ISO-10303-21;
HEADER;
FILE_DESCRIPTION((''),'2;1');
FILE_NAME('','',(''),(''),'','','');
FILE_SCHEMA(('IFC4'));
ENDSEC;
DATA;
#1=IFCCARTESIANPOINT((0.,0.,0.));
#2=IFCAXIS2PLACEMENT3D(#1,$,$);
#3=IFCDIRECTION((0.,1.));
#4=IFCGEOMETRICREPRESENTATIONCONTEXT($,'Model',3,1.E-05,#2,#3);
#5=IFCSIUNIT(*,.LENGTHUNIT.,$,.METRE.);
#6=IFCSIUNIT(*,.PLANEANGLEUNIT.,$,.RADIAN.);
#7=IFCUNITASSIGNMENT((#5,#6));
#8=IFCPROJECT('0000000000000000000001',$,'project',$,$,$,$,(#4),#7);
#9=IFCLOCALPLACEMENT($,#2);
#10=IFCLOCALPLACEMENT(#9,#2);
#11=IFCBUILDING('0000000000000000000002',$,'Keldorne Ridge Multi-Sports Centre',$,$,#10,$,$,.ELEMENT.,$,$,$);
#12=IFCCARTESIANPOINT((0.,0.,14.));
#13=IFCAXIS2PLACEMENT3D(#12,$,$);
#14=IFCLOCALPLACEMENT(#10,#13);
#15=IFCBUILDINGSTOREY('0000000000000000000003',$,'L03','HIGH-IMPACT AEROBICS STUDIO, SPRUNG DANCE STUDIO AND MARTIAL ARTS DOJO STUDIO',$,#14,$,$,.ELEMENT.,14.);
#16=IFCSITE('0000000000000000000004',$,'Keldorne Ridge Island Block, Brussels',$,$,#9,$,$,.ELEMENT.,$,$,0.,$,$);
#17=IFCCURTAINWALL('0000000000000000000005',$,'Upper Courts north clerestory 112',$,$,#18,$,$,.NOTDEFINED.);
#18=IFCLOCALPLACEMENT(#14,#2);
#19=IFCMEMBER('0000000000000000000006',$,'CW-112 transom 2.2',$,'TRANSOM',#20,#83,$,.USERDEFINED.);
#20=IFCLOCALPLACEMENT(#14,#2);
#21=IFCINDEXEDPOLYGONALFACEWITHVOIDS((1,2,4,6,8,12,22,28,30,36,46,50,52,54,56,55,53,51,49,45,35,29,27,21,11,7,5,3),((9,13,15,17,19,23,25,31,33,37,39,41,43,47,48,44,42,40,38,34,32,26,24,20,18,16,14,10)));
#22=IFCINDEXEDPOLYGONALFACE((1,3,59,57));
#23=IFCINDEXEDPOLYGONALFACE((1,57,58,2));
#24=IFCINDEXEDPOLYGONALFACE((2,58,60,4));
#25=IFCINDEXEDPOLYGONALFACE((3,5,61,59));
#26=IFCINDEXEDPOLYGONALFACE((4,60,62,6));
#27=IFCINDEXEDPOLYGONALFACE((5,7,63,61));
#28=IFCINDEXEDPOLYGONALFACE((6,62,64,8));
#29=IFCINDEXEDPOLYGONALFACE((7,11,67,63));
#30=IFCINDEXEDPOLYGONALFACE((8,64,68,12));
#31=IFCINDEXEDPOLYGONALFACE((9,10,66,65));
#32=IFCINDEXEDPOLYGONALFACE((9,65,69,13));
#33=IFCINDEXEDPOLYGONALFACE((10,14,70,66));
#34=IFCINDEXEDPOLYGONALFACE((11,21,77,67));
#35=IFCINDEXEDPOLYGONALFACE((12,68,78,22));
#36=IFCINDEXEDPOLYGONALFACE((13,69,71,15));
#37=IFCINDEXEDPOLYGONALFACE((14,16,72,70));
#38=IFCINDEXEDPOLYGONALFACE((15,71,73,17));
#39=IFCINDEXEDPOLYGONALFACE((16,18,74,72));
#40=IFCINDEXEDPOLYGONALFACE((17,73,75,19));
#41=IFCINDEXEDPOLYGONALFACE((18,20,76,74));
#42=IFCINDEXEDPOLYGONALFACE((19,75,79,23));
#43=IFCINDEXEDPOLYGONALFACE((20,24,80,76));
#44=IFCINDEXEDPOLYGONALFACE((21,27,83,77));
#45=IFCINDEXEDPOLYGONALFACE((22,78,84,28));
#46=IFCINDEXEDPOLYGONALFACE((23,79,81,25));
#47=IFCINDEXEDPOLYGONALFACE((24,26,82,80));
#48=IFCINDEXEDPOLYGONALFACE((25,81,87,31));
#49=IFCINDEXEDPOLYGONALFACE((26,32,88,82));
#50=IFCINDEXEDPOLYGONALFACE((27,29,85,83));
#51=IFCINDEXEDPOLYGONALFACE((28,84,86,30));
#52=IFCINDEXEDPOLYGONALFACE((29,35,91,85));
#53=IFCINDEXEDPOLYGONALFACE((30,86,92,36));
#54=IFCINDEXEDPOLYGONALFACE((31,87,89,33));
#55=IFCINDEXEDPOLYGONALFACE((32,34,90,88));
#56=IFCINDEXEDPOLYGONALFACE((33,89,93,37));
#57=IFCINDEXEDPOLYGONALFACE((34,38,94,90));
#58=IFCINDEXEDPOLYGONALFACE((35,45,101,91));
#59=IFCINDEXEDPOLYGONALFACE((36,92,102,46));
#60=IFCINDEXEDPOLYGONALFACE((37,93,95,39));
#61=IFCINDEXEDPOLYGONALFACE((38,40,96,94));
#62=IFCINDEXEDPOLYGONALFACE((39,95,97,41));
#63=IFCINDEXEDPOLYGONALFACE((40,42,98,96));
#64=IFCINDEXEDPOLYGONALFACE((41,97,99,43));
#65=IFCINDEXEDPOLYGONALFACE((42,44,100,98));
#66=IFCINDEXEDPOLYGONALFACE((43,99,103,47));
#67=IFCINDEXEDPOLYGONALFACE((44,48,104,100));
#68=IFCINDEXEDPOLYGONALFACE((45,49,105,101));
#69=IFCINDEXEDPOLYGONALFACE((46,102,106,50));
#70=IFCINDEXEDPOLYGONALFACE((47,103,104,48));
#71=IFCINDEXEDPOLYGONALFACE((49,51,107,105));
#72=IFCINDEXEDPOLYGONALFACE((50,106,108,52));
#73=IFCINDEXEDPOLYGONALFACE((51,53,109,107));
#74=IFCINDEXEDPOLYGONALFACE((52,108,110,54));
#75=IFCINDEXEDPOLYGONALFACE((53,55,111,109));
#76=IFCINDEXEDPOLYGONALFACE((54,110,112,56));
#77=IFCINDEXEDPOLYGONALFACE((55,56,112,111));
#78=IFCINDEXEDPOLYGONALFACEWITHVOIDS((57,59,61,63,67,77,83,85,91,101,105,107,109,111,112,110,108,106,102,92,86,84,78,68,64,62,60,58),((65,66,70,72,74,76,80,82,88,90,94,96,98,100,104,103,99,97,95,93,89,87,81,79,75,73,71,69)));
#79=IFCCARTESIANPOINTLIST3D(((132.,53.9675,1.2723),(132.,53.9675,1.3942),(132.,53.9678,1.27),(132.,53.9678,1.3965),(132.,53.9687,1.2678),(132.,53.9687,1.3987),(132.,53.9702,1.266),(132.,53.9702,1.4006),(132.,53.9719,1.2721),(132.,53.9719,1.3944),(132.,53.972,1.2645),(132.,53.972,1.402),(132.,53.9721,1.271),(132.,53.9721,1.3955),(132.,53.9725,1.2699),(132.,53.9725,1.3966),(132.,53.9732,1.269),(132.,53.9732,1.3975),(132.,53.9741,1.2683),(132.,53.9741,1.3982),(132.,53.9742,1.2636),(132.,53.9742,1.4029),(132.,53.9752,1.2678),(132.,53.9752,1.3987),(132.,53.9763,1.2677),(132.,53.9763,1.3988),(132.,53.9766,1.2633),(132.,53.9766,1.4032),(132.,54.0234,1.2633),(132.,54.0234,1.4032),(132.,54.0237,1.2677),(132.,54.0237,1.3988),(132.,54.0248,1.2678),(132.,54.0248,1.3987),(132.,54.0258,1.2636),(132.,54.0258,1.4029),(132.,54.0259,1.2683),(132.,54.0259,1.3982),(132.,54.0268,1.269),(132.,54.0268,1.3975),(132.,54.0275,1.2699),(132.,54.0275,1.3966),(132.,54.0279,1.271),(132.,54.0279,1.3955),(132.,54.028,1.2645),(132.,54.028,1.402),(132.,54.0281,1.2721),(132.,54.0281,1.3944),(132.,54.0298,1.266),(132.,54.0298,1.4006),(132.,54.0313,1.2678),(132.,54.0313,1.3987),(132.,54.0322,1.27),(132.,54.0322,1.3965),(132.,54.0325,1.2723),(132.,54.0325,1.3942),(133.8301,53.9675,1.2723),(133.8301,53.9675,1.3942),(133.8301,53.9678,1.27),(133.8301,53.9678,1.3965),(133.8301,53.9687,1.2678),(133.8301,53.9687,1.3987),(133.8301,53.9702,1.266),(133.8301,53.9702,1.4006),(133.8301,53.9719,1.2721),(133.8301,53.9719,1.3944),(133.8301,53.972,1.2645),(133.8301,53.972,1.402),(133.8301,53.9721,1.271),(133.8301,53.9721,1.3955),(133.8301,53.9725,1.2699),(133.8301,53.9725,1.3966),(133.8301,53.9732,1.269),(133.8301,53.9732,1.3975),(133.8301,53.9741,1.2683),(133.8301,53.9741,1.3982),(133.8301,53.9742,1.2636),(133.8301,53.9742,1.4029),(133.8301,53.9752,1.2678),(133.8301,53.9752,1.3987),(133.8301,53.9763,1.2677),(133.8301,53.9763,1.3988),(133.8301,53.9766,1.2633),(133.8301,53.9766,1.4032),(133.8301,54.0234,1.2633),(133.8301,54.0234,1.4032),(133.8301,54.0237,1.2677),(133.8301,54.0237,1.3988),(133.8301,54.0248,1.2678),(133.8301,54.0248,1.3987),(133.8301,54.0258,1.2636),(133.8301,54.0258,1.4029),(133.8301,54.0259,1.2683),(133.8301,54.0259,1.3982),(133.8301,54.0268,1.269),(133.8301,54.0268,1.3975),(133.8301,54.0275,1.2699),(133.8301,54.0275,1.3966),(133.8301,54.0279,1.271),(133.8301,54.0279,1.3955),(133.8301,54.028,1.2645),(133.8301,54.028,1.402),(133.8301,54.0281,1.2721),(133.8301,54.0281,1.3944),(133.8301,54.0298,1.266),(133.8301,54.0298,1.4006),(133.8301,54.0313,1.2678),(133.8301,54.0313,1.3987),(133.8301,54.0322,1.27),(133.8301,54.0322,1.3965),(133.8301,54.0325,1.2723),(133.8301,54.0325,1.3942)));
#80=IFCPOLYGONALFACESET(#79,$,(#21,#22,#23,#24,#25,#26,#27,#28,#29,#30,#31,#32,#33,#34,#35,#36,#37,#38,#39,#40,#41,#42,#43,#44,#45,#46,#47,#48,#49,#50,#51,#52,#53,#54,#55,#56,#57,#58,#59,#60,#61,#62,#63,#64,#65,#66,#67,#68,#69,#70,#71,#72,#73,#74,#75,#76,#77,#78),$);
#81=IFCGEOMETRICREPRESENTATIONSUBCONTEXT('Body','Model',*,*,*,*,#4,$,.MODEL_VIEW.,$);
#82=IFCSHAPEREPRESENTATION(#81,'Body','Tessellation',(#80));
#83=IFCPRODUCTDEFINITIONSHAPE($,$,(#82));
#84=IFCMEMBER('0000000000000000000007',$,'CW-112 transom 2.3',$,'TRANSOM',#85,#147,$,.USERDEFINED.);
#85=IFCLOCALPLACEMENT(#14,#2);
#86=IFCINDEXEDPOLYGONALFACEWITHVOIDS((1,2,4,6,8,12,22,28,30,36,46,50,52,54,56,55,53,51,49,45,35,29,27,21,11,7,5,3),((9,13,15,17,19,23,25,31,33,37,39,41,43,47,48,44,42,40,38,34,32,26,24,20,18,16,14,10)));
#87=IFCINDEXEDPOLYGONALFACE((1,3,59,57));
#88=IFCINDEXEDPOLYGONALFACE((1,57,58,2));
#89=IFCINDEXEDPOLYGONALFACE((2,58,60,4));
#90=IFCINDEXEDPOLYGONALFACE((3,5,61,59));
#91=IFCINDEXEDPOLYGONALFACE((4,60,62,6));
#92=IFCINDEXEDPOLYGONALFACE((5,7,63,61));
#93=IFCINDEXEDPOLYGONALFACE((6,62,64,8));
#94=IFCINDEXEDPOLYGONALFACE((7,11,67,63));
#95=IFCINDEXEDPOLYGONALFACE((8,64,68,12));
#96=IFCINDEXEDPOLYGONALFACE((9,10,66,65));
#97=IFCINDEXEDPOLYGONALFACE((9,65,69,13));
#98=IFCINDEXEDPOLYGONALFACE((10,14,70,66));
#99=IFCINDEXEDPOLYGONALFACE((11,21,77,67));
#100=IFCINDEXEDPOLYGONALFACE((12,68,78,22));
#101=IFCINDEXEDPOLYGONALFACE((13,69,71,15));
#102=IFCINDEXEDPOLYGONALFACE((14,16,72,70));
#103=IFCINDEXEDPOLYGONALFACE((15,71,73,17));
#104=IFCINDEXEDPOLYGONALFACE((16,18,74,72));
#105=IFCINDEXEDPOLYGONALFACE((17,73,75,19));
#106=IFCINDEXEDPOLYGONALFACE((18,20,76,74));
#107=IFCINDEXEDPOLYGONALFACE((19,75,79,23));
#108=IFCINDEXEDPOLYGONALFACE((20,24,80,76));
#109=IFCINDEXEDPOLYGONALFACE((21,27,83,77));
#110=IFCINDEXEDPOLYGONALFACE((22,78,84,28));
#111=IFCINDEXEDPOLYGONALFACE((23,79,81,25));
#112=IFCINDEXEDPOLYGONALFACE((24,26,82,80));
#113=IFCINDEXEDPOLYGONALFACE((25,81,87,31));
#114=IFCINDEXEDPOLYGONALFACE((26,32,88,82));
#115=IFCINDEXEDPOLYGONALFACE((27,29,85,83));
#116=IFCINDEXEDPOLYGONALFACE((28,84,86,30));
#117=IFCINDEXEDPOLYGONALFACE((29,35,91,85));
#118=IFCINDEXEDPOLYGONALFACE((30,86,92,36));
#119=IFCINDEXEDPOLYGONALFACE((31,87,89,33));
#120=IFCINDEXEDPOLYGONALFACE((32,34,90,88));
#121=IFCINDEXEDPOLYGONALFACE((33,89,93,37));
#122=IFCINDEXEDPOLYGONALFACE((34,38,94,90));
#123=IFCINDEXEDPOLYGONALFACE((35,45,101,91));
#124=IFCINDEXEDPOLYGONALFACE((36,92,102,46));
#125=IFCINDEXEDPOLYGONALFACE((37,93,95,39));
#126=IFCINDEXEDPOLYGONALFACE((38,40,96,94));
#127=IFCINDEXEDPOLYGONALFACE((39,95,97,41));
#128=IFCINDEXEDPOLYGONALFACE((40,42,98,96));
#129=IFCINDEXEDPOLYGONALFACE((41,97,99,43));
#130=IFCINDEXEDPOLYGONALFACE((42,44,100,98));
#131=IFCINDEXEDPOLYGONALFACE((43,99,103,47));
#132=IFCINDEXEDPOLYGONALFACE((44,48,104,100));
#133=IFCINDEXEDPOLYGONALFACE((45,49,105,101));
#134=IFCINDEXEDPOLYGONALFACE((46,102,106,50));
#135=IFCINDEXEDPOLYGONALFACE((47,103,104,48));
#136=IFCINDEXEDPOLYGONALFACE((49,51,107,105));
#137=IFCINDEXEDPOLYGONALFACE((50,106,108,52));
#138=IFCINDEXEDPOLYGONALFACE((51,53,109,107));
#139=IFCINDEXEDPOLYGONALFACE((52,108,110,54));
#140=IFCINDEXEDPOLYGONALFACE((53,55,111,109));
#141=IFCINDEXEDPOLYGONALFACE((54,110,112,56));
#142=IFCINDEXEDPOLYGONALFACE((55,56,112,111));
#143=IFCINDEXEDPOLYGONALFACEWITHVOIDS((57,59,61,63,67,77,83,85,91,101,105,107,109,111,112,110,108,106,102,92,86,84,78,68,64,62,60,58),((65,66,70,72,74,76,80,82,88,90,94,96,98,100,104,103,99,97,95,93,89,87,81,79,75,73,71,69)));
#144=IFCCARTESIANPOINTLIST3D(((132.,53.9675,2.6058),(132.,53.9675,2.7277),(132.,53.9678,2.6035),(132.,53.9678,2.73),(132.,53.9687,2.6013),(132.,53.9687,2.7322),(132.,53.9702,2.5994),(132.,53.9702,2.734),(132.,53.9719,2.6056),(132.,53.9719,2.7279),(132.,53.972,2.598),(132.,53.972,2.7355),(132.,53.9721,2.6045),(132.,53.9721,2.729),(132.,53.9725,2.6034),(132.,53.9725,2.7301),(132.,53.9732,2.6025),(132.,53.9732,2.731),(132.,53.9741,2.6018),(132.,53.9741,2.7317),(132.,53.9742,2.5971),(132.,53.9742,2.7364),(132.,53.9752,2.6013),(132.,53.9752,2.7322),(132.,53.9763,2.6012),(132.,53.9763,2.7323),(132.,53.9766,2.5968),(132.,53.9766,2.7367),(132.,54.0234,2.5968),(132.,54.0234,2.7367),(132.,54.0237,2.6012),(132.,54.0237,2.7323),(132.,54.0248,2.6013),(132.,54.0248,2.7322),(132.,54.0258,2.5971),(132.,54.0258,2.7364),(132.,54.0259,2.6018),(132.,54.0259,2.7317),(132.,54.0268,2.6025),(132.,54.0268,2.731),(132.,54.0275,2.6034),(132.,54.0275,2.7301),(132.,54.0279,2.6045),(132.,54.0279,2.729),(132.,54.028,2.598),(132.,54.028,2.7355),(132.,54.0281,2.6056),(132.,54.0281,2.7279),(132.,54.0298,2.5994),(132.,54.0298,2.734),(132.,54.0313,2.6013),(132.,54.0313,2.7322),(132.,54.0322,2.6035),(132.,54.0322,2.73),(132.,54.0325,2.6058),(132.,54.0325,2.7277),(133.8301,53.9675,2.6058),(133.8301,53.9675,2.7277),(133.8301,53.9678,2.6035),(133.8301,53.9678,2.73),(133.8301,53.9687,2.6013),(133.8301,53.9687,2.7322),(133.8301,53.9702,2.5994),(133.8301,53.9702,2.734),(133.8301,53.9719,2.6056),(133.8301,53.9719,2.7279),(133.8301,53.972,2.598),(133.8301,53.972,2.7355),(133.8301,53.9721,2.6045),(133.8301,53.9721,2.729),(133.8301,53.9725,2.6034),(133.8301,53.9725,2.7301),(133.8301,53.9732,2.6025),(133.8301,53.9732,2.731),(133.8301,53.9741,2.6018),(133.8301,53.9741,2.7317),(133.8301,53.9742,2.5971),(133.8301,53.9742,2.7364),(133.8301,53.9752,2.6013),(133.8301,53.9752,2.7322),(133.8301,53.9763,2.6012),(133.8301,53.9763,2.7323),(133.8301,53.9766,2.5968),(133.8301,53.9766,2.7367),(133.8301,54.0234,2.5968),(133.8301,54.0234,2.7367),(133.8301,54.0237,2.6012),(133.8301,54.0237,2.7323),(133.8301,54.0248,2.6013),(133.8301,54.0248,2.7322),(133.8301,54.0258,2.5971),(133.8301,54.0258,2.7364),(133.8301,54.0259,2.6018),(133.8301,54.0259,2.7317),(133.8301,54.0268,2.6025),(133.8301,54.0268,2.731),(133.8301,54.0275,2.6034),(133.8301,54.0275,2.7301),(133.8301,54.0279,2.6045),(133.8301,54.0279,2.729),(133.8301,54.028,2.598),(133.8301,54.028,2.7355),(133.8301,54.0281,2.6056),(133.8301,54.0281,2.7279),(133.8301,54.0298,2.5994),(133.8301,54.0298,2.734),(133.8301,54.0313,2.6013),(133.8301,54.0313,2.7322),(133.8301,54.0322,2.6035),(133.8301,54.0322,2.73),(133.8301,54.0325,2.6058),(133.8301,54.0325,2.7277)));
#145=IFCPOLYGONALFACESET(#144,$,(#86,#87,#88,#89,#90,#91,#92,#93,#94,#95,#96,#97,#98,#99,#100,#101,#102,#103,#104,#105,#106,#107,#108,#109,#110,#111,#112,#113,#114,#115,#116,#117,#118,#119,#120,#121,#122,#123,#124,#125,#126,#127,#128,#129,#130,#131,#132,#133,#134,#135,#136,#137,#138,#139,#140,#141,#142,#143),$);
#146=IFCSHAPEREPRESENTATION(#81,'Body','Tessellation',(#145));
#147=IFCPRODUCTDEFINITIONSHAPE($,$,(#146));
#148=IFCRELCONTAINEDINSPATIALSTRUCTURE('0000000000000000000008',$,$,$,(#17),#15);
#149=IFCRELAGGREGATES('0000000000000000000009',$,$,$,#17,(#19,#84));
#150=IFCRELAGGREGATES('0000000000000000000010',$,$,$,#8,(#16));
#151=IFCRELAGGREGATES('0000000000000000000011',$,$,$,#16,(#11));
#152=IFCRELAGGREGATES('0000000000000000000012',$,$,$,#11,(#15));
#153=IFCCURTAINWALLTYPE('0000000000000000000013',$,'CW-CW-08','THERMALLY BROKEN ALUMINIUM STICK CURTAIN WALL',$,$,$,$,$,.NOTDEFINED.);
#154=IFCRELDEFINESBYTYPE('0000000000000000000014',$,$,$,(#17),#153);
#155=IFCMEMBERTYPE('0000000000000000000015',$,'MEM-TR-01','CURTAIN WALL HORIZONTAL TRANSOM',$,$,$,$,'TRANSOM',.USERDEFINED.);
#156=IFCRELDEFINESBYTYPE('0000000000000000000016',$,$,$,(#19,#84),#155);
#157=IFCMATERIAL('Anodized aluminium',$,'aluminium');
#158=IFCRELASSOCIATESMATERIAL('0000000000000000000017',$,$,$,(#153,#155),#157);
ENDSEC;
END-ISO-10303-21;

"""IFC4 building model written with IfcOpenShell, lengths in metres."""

from ifc_helpers import new_model, si_unit, direction, frame, origin, origin_2d, place, context, subcontext, project, spatial, hollow_rectangle, extrude, material, material_profile, profile_set, type_object, element, aggregate, save


model = new_model("IFC4")

# Units and contexts
model_context = context("Model", 3, precision=1e-05, world=origin(), true_north=direction((0.0, 1.0)))
body_context = subcontext(model_context, "Body", "Model", "MODEL_VIEW")
ifc_project = project(units=[si_unit("LENGTHUNIT", "METRE"), si_unit("PLANEANGLEUNIT", "RADIAN")], contexts=[model_context])

# Site, building, storey
site_placement = place(None, origin())
site = spatial("IfcSite", under=ifc_project, at=site_placement, Name="Keldorne Ridge Island Block, Brussels", CompositionType="ELEMENT", RefElevation=0.0)
building_placement = place(site_placement, origin())
building = spatial("IfcBuilding", under=site, at=building_placement, Name="Keldorne Ridge Multi-Sports Centre", CompositionType="ELEMENT")
storey_placement = place(building_placement, frame((0.0, 0.0, 14.0)))
storey = spatial("IfcBuildingStorey", under=building, at=storey_placement, Name="L03", Description="HIGH-IMPACT AEROBICS STUDIO, SPRUNG DANCE STUDIO AND MARTIAL ARTS DOJO STUDIO", CompositionType="ELEMENT", Elevation=14.0)

# Curtain wall
ifc_material_1 = material(Name="Anodized aluminium", Category="aluminium")
curtain_wall_type_1 = type_object("IfcCurtainWallType", Name="CW-CW-08", Description="THERMALLY BROKEN ALUMINIUM STICK CURTAIN WALL", PredefinedType="NOTDEFINED", material=ifc_material_1)
curtain_wall_1_placement = place(storey_placement, origin())
curtain_wall_1 = element("IfcCurtainWall", 1, at=curtain_wall_1_placement, inside=storey, type_object=curtain_wall_type_1, Name="Upper Courts north clerestory 112", PredefinedType="NOTDEFINED")
ifc_material_profile_1 = material_profile(ifc_material_1, hollow_rectangle(XDim=0.0649, YDim=0.1399, WallThickness=0.0044, InnerFilletRadius=0.0044, OuterFilletRadius=0.009, at=origin_2d()), Name="ALU TRANSOM 140x65x4.5")
ifc_profile_set_1 = profile_set([ifc_material_profile_1], Name="Anodized aluminium")
member_type_1 = type_object("IfcMemberType", Name="MEM-TR-01", Description="CURTAIN WALL HORIZONTAL TRANSOM", ElementType="TRANSOM", PredefinedType="USERDEFINED", material=ifc_profile_set_1)

# Members
member_1_placement = place(storey_placement, frame((133.8301, 54.0, 1.3333), z_axis=(-1.0, 0.0, 0.0), x_axis=(0.0, -1.0, 0.0)))
member_1 = element("IfcMember", 2, at=member_1_placement, type_object=member_type_1, Name="CW-112 transom 2.2", ObjectType="TRANSOM", PredefinedType="USERDEFINED", context=body_context, shape_type="SweptSolid", body=[
    extrude(hollow_rectangle(XDim=0.0649, YDim=0.1399, WallThickness=0.0044, InnerFilletRadius=0.0044, OuterFilletRadius=0.009, at=origin_2d()), origin(), (0.0, 0.0, 1.0), 1.8301),
])
member_2_placement = place(storey_placement, frame((133.8301, 54.0, 2.6667), z_axis=(-1.0, 0.0, 0.0), x_axis=(0.0, -1.0, 0.0)))
member_2 = element("IfcMember", 3, at=member_2_placement, type_object=member_type_1, Name="CW-112 transom 2.3", ObjectType="TRANSOM", PredefinedType="USERDEFINED", context=body_context, shape_type="SweptSolid", body=[
    extrude(hollow_rectangle(XDim=0.0649, YDim=0.1399, WallThickness=0.0044, InnerFilletRadius=0.0044, OuterFilletRadius=0.009, at=origin_2d()), origin(), (0.0, 0.0, 1.0), 1.8301),
])

aggregate(curtain_wall_1, [member_1, member_2])

save(model, "model.ifc")
